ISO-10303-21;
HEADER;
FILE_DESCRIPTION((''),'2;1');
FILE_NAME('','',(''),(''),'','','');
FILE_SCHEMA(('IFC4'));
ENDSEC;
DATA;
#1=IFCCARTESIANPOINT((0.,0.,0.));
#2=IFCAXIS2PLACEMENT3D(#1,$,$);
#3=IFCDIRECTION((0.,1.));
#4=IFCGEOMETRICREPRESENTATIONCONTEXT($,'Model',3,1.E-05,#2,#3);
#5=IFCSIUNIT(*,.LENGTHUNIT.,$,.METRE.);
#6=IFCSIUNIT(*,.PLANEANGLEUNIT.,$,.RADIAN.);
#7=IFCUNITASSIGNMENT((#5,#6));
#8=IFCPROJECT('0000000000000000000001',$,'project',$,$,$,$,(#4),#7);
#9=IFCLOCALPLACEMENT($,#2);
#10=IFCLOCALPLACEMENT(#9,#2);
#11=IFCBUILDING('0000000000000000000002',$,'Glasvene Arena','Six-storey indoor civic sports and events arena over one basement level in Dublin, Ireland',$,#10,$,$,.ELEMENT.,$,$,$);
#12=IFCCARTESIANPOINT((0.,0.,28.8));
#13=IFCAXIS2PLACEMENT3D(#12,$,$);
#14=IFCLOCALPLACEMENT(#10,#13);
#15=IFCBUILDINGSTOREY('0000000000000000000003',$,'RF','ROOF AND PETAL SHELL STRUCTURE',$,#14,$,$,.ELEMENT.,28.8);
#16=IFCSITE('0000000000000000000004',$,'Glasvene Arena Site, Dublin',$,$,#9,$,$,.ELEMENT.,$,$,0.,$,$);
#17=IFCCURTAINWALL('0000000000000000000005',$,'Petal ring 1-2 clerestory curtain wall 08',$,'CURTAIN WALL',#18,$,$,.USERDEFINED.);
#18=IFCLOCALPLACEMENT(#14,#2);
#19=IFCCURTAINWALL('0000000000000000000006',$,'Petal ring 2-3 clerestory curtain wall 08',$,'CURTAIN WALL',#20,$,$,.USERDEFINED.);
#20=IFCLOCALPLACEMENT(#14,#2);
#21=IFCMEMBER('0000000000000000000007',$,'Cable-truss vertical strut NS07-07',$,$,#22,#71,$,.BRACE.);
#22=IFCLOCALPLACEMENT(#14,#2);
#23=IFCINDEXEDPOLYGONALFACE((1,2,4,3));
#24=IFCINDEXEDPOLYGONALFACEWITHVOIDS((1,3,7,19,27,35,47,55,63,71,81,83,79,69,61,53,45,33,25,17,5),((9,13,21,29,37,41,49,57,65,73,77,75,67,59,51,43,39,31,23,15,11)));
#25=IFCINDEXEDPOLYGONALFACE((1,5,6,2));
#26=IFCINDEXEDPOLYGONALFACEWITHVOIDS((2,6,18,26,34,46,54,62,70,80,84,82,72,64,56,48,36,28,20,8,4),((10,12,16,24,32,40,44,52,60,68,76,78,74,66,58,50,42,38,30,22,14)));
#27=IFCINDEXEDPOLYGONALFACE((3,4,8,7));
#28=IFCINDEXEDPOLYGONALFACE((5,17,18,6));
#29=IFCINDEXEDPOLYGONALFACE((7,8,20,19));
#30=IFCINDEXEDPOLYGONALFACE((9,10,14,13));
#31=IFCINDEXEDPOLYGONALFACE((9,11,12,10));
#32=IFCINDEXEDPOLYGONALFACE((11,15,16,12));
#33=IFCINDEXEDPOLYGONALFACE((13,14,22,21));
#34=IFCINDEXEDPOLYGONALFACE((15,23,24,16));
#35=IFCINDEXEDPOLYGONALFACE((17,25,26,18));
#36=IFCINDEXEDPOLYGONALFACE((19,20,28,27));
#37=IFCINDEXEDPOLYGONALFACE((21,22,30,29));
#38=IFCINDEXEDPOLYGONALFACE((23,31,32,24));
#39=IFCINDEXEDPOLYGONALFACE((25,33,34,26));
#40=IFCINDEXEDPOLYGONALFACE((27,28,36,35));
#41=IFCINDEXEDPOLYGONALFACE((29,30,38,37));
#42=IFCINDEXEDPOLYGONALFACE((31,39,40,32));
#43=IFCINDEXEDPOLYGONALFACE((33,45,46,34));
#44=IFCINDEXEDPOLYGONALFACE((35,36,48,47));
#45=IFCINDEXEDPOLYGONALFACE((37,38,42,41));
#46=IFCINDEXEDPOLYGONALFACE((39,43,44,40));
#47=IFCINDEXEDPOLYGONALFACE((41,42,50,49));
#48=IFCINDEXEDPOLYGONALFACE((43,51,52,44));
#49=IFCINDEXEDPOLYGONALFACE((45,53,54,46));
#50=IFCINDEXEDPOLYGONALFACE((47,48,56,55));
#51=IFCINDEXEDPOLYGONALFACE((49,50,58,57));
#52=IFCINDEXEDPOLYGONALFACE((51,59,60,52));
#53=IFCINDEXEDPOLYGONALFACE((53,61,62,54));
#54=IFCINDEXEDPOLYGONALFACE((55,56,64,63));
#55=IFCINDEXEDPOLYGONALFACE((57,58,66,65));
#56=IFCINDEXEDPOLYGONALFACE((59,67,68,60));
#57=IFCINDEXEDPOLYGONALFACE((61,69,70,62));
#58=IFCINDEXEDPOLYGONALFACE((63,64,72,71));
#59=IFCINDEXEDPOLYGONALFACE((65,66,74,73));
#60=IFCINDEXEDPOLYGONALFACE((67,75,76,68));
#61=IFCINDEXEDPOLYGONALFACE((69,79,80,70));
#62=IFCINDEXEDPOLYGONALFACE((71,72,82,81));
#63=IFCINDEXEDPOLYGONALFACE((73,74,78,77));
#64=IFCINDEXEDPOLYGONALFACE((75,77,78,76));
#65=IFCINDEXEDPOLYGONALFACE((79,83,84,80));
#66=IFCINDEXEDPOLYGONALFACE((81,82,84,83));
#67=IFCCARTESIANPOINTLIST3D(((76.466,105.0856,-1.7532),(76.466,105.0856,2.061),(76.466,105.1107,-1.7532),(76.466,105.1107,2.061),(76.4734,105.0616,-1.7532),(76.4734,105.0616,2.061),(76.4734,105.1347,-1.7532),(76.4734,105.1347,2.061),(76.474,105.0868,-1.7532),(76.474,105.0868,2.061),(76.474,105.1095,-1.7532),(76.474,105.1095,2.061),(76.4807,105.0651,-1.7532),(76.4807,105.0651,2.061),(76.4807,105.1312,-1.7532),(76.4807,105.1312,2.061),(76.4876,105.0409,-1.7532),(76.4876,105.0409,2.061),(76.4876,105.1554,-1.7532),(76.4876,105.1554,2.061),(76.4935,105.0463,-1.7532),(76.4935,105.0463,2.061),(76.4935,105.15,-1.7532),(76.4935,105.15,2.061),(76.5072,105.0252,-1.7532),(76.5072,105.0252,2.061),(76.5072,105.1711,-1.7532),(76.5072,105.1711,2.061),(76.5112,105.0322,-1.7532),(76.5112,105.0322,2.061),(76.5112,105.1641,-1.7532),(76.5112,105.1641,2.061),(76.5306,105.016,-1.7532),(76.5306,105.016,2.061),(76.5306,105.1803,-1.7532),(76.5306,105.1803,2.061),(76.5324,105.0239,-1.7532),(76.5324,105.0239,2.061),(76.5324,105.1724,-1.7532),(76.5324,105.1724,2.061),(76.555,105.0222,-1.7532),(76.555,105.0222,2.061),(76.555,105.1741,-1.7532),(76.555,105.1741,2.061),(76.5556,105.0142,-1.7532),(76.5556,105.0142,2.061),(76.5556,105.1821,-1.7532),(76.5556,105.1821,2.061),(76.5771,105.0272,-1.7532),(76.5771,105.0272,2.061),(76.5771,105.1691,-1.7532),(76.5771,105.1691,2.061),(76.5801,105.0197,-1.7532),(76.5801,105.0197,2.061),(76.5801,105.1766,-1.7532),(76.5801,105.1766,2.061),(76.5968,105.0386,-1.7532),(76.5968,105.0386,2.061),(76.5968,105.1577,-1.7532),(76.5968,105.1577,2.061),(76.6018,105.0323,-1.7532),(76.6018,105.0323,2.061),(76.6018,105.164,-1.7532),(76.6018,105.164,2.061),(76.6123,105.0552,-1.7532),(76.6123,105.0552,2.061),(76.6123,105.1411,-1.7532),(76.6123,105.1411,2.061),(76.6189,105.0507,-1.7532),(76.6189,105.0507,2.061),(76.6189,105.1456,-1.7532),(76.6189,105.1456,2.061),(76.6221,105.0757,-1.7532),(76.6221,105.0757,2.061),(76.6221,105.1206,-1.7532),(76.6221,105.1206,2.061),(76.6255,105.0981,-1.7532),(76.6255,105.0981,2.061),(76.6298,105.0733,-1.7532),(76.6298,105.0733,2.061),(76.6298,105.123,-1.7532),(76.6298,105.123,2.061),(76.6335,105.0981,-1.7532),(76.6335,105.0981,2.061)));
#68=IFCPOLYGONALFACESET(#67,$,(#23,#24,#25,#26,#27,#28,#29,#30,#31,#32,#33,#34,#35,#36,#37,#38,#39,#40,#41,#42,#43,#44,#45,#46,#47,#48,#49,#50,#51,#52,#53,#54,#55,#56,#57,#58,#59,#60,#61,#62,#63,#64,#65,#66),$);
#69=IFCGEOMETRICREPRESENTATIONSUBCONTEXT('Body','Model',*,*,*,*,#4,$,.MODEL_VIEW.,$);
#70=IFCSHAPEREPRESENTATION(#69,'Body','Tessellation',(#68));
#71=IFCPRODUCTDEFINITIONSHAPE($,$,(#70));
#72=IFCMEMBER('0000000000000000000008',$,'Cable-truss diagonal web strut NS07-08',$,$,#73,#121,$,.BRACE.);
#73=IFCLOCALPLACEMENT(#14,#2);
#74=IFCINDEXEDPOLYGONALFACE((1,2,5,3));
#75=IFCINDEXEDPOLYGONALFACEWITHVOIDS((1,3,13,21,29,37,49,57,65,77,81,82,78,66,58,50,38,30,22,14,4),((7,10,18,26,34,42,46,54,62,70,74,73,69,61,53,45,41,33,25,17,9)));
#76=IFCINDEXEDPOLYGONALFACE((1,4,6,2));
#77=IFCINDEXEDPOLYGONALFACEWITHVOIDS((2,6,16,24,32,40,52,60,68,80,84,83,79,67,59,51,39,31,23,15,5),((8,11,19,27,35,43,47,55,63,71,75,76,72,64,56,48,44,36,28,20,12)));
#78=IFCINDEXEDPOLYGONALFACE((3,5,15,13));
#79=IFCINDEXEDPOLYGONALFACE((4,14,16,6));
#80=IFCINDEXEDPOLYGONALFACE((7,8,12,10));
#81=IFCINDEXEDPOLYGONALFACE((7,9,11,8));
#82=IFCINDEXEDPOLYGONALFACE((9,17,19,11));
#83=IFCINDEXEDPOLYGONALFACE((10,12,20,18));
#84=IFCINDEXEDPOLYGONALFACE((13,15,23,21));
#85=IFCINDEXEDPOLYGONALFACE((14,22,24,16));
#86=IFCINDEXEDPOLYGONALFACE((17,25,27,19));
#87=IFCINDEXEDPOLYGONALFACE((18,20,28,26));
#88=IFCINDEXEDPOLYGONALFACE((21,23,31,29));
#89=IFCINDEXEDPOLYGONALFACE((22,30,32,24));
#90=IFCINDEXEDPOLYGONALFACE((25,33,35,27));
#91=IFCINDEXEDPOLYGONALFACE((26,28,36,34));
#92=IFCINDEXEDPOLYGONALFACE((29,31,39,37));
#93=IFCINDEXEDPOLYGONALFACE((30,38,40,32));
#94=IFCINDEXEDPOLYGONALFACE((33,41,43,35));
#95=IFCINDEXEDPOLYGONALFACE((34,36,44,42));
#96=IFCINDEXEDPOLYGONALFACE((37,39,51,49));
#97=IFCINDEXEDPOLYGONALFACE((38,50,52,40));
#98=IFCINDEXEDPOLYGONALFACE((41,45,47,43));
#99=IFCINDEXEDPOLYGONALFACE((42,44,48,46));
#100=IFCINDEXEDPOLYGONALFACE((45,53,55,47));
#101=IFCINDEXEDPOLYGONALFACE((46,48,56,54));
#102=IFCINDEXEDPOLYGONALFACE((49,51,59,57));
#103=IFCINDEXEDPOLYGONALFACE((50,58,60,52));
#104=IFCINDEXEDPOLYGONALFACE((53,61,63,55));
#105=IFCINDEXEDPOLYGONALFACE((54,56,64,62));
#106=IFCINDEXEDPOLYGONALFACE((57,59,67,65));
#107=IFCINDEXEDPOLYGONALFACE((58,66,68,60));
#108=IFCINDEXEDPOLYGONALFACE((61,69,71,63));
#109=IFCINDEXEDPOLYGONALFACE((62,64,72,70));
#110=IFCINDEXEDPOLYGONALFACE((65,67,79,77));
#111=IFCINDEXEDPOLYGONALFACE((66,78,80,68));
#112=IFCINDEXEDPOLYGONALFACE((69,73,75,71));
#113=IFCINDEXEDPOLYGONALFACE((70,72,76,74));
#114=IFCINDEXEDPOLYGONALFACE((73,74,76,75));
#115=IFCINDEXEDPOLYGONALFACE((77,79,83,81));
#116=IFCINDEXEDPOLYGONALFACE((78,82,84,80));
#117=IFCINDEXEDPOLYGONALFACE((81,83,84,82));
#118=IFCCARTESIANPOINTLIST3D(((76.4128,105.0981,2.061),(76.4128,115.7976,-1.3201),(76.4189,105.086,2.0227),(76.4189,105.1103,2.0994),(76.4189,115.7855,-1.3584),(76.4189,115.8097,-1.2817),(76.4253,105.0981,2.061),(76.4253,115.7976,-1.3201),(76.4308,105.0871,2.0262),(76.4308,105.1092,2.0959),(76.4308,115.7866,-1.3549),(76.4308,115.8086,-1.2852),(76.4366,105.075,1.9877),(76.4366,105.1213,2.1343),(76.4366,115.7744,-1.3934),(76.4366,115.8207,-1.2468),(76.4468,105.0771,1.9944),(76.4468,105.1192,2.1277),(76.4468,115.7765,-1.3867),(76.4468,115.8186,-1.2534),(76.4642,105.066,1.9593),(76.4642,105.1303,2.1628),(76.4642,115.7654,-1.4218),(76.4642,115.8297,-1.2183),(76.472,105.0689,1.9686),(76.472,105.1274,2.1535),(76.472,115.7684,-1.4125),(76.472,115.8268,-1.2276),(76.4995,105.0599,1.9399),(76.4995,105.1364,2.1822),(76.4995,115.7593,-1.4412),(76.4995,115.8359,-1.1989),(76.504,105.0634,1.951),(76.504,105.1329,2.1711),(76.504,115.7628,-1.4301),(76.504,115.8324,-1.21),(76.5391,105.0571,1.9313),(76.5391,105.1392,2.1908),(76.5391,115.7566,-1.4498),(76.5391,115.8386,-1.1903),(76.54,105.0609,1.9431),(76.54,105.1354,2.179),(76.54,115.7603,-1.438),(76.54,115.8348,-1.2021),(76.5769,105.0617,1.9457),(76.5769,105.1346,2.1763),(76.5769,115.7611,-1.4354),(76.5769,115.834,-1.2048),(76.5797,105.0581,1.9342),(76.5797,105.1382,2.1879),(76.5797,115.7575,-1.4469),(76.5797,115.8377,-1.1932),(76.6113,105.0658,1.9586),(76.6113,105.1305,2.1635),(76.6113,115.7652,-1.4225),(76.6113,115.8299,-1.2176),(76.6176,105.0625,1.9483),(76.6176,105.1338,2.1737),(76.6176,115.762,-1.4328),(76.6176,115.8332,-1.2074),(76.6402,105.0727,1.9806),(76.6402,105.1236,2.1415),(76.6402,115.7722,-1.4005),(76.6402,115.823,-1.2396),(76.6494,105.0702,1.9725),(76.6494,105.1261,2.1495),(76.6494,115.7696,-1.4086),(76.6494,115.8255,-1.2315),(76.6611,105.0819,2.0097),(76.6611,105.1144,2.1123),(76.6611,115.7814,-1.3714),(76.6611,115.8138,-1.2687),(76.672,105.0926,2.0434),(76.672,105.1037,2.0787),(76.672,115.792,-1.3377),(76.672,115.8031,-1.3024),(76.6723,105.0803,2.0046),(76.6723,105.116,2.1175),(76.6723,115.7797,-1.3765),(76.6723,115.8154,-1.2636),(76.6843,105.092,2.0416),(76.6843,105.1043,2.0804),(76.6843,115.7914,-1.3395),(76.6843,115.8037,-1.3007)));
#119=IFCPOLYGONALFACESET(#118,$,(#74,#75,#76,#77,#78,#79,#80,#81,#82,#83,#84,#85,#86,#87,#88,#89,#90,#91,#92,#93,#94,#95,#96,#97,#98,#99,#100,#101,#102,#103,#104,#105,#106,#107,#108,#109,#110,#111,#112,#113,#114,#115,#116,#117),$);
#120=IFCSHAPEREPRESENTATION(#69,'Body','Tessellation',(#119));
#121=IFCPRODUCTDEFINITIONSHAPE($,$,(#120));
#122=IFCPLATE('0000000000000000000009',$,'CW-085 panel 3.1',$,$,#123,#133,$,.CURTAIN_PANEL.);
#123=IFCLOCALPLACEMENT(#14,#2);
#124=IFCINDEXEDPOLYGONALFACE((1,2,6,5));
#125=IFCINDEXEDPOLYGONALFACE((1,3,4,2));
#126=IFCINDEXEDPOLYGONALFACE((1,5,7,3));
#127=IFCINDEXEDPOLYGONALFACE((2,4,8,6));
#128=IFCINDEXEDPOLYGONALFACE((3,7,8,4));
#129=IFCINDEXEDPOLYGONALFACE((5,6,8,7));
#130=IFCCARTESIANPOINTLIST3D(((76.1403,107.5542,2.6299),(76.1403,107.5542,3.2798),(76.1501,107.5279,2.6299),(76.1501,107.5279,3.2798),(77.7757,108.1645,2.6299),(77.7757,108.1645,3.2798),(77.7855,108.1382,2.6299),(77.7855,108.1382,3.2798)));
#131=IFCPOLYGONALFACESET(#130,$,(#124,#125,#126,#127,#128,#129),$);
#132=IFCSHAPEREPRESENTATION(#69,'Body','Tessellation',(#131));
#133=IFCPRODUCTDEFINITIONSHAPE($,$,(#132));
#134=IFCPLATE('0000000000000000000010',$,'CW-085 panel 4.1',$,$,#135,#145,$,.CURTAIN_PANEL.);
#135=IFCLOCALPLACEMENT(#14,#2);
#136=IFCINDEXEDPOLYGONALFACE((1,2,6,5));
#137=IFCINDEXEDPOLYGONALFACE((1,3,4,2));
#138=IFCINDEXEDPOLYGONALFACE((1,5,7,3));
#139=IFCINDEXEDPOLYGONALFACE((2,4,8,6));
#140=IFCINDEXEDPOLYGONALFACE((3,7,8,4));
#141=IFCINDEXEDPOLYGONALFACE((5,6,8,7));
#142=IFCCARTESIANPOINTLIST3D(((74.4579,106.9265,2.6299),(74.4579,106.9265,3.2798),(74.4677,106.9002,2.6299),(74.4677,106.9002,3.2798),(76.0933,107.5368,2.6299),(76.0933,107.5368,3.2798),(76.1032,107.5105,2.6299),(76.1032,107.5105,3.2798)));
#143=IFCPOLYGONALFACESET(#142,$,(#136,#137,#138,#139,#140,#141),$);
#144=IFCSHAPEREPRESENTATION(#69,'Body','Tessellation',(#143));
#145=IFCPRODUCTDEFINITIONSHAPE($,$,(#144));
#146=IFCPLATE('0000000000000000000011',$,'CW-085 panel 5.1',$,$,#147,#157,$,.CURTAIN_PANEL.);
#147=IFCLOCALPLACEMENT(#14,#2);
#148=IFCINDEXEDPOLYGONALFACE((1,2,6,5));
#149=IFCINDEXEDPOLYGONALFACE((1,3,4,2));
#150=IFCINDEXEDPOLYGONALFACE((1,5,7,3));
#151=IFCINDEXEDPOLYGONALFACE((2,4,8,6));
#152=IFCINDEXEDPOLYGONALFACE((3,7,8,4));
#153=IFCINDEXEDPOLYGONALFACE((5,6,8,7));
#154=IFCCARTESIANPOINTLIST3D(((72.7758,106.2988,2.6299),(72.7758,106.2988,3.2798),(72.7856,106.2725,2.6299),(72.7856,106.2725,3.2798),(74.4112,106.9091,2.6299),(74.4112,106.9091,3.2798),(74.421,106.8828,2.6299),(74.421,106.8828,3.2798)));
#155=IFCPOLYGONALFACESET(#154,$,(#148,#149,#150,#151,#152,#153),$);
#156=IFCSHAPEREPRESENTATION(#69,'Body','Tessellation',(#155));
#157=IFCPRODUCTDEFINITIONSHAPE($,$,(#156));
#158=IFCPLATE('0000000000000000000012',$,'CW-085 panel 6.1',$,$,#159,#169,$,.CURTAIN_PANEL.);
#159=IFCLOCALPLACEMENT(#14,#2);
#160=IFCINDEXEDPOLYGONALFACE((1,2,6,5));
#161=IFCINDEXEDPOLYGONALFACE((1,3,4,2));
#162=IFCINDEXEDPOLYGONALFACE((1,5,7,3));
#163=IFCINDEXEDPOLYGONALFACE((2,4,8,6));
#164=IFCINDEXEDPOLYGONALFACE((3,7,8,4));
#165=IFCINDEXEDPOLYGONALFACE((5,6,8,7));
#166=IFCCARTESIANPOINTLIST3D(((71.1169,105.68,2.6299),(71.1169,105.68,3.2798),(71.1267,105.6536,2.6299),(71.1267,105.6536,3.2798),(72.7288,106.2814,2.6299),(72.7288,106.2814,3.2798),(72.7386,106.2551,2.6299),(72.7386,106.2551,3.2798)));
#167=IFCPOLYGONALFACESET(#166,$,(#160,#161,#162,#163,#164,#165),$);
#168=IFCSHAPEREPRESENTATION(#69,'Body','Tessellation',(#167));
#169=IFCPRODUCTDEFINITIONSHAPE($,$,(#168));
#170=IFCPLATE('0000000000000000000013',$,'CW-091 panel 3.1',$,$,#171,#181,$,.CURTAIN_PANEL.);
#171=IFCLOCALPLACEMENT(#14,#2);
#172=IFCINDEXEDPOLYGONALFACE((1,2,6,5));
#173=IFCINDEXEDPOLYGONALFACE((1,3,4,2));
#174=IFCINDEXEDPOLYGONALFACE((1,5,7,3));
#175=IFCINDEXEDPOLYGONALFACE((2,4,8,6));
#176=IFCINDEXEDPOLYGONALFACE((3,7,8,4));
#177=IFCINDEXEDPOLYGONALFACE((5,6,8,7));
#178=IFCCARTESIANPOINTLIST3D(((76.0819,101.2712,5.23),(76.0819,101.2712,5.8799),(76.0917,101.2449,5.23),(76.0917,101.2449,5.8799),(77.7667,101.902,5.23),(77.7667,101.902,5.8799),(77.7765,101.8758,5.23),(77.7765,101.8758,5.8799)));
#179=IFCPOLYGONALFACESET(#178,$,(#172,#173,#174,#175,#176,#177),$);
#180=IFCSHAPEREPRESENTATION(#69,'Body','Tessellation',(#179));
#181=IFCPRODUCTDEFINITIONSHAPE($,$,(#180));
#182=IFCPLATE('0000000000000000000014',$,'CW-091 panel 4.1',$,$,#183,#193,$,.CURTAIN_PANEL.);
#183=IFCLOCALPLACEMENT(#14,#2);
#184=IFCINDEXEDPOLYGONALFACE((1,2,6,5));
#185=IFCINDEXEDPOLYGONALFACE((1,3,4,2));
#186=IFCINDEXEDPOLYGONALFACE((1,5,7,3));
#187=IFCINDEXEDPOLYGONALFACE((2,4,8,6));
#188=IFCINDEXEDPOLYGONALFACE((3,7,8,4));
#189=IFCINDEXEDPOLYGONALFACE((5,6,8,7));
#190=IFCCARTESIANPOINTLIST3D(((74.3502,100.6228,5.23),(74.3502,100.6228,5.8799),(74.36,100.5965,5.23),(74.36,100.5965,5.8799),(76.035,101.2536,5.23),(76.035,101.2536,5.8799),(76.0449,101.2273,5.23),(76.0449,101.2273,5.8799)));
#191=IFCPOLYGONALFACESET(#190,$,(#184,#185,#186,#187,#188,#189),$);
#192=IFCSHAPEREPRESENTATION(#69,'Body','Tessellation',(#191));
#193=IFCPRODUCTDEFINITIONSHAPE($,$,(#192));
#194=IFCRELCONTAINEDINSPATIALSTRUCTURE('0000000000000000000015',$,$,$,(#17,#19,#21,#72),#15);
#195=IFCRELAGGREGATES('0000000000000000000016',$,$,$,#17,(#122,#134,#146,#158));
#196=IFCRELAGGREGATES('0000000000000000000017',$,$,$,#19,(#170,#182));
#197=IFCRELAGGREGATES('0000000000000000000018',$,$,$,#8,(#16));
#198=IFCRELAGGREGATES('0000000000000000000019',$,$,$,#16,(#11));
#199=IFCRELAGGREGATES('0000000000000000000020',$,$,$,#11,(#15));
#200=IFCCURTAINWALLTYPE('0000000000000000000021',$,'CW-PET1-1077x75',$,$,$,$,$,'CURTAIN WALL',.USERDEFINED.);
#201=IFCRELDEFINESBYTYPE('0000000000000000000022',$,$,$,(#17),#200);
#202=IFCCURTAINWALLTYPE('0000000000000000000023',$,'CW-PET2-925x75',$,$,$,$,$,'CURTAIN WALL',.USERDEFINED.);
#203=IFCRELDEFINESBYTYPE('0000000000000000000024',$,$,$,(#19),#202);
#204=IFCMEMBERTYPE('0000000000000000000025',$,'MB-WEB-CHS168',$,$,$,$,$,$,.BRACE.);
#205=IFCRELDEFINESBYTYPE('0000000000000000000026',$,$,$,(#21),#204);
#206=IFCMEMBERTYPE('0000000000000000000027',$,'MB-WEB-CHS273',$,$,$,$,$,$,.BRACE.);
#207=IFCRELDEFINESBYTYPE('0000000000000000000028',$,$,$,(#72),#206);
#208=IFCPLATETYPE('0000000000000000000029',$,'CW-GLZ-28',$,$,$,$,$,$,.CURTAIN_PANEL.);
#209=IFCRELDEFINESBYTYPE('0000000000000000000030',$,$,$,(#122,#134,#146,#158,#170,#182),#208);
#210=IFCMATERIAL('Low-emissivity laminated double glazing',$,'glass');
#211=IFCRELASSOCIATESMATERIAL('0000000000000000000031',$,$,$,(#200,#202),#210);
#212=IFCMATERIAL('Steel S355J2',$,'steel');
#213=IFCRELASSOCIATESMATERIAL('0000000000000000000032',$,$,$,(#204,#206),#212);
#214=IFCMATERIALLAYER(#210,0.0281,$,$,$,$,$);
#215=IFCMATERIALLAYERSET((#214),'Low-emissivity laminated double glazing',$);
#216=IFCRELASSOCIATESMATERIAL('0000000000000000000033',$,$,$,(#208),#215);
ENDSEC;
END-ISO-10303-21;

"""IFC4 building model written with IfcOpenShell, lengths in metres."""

from ifc_helpers import new_model, si_unit, direction, frame, origin, origin_2d, place, context, subcontext, project, spatial, rectangle, hollow_circle, extrude, material, layer, layer_set, material_profile, profile_set, type_object, element, aggregate, save


model = new_model("IFC4")

# Units and contexts
model_context = context("Model", 3, precision=1e-05, world=origin(), true_north=direction((0.0, 1.0)))
body_context = subcontext(model_context, "Body", "Model", "MODEL_VIEW")
ifc_project = project(units=[si_unit("LENGTHUNIT", "METRE"), si_unit("PLANEANGLEUNIT", "RADIAN")], contexts=[model_context])

# Site, building, storey
site_placement = place(None, origin())
site = spatial("IfcSite", under=ifc_project, at=site_placement, Name="Glasvene Arena Site, Dublin", CompositionType="ELEMENT", RefElevation=0.0)
building_placement = place(site_placement, origin())
building = spatial("IfcBuilding", under=site, at=building_placement, Name="Glasvene Arena", Description="Six-storey indoor civic sports and events arena over one basement level in Dublin, Ireland", CompositionType="ELEMENT")
storey_placement = place(building_placement, frame((0.0, 0.0, 28.8)))
storey = spatial("IfcBuildingStorey", under=building, at=storey_placement, Name="RF", Description="ROOF AND PETAL SHELL STRUCTURE", CompositionType="ELEMENT", Elevation=28.8)

# Curtain walls
ifc_material_1 = material(Name="Low-emissivity laminated double glazing", Category="glass")
curtain_wall_type_1 = type_object("IfcCurtainWallType", Name="CW-PET1-1077x75", ElementType="CURTAIN WALL", PredefinedType="USERDEFINED", material=ifc_material_1)
curtain_wall_1_placement = place(storey_placement, frame((81.1685, 109.4153, 0.0)))
curtain_wall_1 = element("IfcCurtainWall", 1, at=curtain_wall_1_placement, inside=storey, type_object=curtain_wall_type_1, Name="Petal ring 1-2 clerestory curtain wall 08", ObjectType="CURTAIN WALL", PredefinedType="USERDEFINED")
curtain_wall_type_2 = type_object("IfcCurtainWallType", Name="CW-PET2-925x75", ElementType="CURTAIN WALL", PredefinedType="USERDEFINED", material=ifc_material_1)
curtain_wall_2_placement = place(storey_placement, frame((81.2583, 103.1943, 0.0)))
curtain_wall_2 = element("IfcCurtainWall", 2, at=curtain_wall_2_placement, inside=storey, type_object=curtain_wall_type_2, Name="Petal ring 2-3 clerestory curtain wall 08", ObjectType="CURTAIN WALL", PredefinedType="USERDEFINED")

# Members
ifc_material_2 = material(Name="Steel S355J2", Category="steel")
ifc_material_profile_1 = material_profile(ifc_material_2, hollow_circle(Radius=0.0842, WallThickness=0.0081, at=origin_2d()), Name="CHS 168.3x8.0")
ifc_profile_set_1 = profile_set([ifc_material_profile_1], Name="Steel S355J2")
member_type_1 = type_object("IfcMemberType", Name="MB-WEB-CHS168", PredefinedType="BRACE", material=ifc_profile_set_1)
member_1_placement = place(storey_placement, frame((76.5493, 105.0981, -1.7532), z_axis=(0.0, 0.0, 1.0), x_axis=(1.0, 0.0, 0.0)))
element("IfcMember", 3, at=member_1_placement, inside=storey, type_object=member_type_1, Name="Cable-truss vertical strut NS07-07", PredefinedType="BRACE", context=body_context, shape_type="SweptSolid", body=[
    extrude(hollow_circle(Radius=0.0842, WallThickness=0.0081, at=origin_2d()), origin(), (0.0, 0.0, 1.0), 3.8142),
])
ifc_material_profile_2 = material_profile(ifc_material_2, hollow_circle(Radius=0.1365, WallThickness=0.0125, at=origin_2d()), Name="CHS 273.0x12.5")
ifc_profile_set_2 = profile_set([ifc_material_profile_2], Name="Steel S355J2")
member_type_2 = type_object("IfcMemberType", Name="MB-WEB-CHS273", PredefinedType="BRACE", material=ifc_profile_set_2)
member_2_placement = place(storey_placement, frame((76.5493, 105.0981, 2.061), z_axis=(0.0, 0.953523, -0.30132), x_axis=(-1.0, 0.0, 0.0)))
element("IfcMember", 4, at=member_2_placement, inside=storey, type_object=member_type_2, Name="Cable-truss diagonal web strut NS07-08", PredefinedType="BRACE", context=body_context, shape_type="SweptSolid", body=[
    extrude(hollow_circle(Radius=0.1365, WallThickness=0.0125, at=origin_2d()), origin(), (0.0, 0.0, 1.0), 11.2209),
])

# Plates
ifc_layer = layer(ifc_material_1, 0.0281)
ifc_layer_set = layer_set([ifc_layer], Name="Low-emissivity laminated double glazing")
plate_type = type_object("IfcPlateType", Name="CW-GLZ-28", PredefinedType="CURTAIN_PANEL", material=ifc_layer_set)
plate_1_placement = place(storey_placement, frame((76.9629, 107.8462, 2.6299), z_axis=(0.0, 0.0, 1.0), x_axis=(-0.936902, -0.349591, 0.0)))
plate_1 = element("IfcPlate", 5, at=plate_1_placement, type_object=plate_type, Name="CW-085 panel 3.1", PredefinedType="CURTAIN_PANEL", context=body_context, shape_type="SweptSolid", body=[
    extrude(rectangle(XDim=1.7456, YDim=0.0281, at=origin_2d()), origin(), (0.0, 0.0, 1.0), 0.6499),
])
plate_2_placement = place(storey_placement, frame((75.2805, 107.2185, 2.6299), z_axis=(0.0, 0.0, 1.0), x_axis=(-0.936902, -0.349591, 0.0)))
plate_2 = element("IfcPlate", 6, at=plate_2_placement, type_object=plate_type, Name="CW-085 panel 4.1", PredefinedType="CURTAIN_PANEL", context=body_context, shape_type="SweptSolid", body=[
    extrude(rectangle(XDim=1.7456, YDim=0.0281, at=origin_2d()), origin(), (0.0, 0.0, 1.0), 0.6499),
])
plate_3_placement = place(storey_placement, frame((73.5984, 106.5908, 2.6299), z_axis=(0.0, 0.0, 1.0), x_axis=(-0.936902, -0.349591, 0.0)))
plate_3 = element("IfcPlate", 7, at=plate_3_placement, type_object=plate_type, Name="CW-085 panel 5.1", PredefinedType="CURTAIN_PANEL", context=body_context, shape_type="SweptSolid", body=[
    extrude(rectangle(XDim=1.7456, YDim=0.0281, at=origin_2d()), origin(), (0.0, 0.0, 1.0), 0.6499),
])
plate_4_placement = place(storey_placement, frame((71.9277, 105.9675, 2.6299), z_axis=(0.0, 0.0, 1.0), x_axis=(-0.936902, -0.349591, 0.0)))
plate_4 = element("IfcPlate", 8, at=plate_4_placement, type_object=plate_type, Name="CW-085 panel 6.1", PredefinedType="CURTAIN_PANEL", context=body_context, shape_type="SweptSolid", body=[
    extrude(rectangle(XDim=1.7205, YDim=0.0281, at=origin_2d()), origin(), (0.0, 0.0, 1.0), 0.6499),
])
aggregate(curtain_wall_1, [plate_1, plate_2, plate_3, plate_4])
plate_5_placement = place(storey_placement, frame((76.9292, 101.5735, 5.23), z_axis=(0.0, 0.0, 1.0), x_axis=(-0.93651, -0.35064, 0.0)))
plate_5 = element("IfcPlate", 9, at=plate_5_placement, type_object=plate_type, Name="CW-091 panel 3.1", PredefinedType="CURTAIN_PANEL", context=body_context, shape_type="SweptSolid", body=[
    extrude(rectangle(XDim=1.7991, YDim=0.0281, at=origin_2d()), origin(), (0.0, 0.0, 1.0), 0.6499),
])
plate_6_placement = place(storey_placement, frame((75.1975, 100.925, 5.23), z_axis=(0.0, 0.0, 1.0), x_axis=(-0.93651, -0.35064, 0.0)))
plate_6 = element("IfcPlate", 10, at=plate_6_placement, type_object=plate_type, Name="CW-091 panel 4.1", PredefinedType="CURTAIN_PANEL", context=body_context, shape_type="SweptSolid", body=[
    extrude(rectangle(XDim=1.7991, YDim=0.0281, at=origin_2d()), origin(), (0.0, 0.0, 1.0), 0.6499),
])
aggregate(curtain_wall_2, [plate_5, plate_6])

save(model, "model.ifc")
